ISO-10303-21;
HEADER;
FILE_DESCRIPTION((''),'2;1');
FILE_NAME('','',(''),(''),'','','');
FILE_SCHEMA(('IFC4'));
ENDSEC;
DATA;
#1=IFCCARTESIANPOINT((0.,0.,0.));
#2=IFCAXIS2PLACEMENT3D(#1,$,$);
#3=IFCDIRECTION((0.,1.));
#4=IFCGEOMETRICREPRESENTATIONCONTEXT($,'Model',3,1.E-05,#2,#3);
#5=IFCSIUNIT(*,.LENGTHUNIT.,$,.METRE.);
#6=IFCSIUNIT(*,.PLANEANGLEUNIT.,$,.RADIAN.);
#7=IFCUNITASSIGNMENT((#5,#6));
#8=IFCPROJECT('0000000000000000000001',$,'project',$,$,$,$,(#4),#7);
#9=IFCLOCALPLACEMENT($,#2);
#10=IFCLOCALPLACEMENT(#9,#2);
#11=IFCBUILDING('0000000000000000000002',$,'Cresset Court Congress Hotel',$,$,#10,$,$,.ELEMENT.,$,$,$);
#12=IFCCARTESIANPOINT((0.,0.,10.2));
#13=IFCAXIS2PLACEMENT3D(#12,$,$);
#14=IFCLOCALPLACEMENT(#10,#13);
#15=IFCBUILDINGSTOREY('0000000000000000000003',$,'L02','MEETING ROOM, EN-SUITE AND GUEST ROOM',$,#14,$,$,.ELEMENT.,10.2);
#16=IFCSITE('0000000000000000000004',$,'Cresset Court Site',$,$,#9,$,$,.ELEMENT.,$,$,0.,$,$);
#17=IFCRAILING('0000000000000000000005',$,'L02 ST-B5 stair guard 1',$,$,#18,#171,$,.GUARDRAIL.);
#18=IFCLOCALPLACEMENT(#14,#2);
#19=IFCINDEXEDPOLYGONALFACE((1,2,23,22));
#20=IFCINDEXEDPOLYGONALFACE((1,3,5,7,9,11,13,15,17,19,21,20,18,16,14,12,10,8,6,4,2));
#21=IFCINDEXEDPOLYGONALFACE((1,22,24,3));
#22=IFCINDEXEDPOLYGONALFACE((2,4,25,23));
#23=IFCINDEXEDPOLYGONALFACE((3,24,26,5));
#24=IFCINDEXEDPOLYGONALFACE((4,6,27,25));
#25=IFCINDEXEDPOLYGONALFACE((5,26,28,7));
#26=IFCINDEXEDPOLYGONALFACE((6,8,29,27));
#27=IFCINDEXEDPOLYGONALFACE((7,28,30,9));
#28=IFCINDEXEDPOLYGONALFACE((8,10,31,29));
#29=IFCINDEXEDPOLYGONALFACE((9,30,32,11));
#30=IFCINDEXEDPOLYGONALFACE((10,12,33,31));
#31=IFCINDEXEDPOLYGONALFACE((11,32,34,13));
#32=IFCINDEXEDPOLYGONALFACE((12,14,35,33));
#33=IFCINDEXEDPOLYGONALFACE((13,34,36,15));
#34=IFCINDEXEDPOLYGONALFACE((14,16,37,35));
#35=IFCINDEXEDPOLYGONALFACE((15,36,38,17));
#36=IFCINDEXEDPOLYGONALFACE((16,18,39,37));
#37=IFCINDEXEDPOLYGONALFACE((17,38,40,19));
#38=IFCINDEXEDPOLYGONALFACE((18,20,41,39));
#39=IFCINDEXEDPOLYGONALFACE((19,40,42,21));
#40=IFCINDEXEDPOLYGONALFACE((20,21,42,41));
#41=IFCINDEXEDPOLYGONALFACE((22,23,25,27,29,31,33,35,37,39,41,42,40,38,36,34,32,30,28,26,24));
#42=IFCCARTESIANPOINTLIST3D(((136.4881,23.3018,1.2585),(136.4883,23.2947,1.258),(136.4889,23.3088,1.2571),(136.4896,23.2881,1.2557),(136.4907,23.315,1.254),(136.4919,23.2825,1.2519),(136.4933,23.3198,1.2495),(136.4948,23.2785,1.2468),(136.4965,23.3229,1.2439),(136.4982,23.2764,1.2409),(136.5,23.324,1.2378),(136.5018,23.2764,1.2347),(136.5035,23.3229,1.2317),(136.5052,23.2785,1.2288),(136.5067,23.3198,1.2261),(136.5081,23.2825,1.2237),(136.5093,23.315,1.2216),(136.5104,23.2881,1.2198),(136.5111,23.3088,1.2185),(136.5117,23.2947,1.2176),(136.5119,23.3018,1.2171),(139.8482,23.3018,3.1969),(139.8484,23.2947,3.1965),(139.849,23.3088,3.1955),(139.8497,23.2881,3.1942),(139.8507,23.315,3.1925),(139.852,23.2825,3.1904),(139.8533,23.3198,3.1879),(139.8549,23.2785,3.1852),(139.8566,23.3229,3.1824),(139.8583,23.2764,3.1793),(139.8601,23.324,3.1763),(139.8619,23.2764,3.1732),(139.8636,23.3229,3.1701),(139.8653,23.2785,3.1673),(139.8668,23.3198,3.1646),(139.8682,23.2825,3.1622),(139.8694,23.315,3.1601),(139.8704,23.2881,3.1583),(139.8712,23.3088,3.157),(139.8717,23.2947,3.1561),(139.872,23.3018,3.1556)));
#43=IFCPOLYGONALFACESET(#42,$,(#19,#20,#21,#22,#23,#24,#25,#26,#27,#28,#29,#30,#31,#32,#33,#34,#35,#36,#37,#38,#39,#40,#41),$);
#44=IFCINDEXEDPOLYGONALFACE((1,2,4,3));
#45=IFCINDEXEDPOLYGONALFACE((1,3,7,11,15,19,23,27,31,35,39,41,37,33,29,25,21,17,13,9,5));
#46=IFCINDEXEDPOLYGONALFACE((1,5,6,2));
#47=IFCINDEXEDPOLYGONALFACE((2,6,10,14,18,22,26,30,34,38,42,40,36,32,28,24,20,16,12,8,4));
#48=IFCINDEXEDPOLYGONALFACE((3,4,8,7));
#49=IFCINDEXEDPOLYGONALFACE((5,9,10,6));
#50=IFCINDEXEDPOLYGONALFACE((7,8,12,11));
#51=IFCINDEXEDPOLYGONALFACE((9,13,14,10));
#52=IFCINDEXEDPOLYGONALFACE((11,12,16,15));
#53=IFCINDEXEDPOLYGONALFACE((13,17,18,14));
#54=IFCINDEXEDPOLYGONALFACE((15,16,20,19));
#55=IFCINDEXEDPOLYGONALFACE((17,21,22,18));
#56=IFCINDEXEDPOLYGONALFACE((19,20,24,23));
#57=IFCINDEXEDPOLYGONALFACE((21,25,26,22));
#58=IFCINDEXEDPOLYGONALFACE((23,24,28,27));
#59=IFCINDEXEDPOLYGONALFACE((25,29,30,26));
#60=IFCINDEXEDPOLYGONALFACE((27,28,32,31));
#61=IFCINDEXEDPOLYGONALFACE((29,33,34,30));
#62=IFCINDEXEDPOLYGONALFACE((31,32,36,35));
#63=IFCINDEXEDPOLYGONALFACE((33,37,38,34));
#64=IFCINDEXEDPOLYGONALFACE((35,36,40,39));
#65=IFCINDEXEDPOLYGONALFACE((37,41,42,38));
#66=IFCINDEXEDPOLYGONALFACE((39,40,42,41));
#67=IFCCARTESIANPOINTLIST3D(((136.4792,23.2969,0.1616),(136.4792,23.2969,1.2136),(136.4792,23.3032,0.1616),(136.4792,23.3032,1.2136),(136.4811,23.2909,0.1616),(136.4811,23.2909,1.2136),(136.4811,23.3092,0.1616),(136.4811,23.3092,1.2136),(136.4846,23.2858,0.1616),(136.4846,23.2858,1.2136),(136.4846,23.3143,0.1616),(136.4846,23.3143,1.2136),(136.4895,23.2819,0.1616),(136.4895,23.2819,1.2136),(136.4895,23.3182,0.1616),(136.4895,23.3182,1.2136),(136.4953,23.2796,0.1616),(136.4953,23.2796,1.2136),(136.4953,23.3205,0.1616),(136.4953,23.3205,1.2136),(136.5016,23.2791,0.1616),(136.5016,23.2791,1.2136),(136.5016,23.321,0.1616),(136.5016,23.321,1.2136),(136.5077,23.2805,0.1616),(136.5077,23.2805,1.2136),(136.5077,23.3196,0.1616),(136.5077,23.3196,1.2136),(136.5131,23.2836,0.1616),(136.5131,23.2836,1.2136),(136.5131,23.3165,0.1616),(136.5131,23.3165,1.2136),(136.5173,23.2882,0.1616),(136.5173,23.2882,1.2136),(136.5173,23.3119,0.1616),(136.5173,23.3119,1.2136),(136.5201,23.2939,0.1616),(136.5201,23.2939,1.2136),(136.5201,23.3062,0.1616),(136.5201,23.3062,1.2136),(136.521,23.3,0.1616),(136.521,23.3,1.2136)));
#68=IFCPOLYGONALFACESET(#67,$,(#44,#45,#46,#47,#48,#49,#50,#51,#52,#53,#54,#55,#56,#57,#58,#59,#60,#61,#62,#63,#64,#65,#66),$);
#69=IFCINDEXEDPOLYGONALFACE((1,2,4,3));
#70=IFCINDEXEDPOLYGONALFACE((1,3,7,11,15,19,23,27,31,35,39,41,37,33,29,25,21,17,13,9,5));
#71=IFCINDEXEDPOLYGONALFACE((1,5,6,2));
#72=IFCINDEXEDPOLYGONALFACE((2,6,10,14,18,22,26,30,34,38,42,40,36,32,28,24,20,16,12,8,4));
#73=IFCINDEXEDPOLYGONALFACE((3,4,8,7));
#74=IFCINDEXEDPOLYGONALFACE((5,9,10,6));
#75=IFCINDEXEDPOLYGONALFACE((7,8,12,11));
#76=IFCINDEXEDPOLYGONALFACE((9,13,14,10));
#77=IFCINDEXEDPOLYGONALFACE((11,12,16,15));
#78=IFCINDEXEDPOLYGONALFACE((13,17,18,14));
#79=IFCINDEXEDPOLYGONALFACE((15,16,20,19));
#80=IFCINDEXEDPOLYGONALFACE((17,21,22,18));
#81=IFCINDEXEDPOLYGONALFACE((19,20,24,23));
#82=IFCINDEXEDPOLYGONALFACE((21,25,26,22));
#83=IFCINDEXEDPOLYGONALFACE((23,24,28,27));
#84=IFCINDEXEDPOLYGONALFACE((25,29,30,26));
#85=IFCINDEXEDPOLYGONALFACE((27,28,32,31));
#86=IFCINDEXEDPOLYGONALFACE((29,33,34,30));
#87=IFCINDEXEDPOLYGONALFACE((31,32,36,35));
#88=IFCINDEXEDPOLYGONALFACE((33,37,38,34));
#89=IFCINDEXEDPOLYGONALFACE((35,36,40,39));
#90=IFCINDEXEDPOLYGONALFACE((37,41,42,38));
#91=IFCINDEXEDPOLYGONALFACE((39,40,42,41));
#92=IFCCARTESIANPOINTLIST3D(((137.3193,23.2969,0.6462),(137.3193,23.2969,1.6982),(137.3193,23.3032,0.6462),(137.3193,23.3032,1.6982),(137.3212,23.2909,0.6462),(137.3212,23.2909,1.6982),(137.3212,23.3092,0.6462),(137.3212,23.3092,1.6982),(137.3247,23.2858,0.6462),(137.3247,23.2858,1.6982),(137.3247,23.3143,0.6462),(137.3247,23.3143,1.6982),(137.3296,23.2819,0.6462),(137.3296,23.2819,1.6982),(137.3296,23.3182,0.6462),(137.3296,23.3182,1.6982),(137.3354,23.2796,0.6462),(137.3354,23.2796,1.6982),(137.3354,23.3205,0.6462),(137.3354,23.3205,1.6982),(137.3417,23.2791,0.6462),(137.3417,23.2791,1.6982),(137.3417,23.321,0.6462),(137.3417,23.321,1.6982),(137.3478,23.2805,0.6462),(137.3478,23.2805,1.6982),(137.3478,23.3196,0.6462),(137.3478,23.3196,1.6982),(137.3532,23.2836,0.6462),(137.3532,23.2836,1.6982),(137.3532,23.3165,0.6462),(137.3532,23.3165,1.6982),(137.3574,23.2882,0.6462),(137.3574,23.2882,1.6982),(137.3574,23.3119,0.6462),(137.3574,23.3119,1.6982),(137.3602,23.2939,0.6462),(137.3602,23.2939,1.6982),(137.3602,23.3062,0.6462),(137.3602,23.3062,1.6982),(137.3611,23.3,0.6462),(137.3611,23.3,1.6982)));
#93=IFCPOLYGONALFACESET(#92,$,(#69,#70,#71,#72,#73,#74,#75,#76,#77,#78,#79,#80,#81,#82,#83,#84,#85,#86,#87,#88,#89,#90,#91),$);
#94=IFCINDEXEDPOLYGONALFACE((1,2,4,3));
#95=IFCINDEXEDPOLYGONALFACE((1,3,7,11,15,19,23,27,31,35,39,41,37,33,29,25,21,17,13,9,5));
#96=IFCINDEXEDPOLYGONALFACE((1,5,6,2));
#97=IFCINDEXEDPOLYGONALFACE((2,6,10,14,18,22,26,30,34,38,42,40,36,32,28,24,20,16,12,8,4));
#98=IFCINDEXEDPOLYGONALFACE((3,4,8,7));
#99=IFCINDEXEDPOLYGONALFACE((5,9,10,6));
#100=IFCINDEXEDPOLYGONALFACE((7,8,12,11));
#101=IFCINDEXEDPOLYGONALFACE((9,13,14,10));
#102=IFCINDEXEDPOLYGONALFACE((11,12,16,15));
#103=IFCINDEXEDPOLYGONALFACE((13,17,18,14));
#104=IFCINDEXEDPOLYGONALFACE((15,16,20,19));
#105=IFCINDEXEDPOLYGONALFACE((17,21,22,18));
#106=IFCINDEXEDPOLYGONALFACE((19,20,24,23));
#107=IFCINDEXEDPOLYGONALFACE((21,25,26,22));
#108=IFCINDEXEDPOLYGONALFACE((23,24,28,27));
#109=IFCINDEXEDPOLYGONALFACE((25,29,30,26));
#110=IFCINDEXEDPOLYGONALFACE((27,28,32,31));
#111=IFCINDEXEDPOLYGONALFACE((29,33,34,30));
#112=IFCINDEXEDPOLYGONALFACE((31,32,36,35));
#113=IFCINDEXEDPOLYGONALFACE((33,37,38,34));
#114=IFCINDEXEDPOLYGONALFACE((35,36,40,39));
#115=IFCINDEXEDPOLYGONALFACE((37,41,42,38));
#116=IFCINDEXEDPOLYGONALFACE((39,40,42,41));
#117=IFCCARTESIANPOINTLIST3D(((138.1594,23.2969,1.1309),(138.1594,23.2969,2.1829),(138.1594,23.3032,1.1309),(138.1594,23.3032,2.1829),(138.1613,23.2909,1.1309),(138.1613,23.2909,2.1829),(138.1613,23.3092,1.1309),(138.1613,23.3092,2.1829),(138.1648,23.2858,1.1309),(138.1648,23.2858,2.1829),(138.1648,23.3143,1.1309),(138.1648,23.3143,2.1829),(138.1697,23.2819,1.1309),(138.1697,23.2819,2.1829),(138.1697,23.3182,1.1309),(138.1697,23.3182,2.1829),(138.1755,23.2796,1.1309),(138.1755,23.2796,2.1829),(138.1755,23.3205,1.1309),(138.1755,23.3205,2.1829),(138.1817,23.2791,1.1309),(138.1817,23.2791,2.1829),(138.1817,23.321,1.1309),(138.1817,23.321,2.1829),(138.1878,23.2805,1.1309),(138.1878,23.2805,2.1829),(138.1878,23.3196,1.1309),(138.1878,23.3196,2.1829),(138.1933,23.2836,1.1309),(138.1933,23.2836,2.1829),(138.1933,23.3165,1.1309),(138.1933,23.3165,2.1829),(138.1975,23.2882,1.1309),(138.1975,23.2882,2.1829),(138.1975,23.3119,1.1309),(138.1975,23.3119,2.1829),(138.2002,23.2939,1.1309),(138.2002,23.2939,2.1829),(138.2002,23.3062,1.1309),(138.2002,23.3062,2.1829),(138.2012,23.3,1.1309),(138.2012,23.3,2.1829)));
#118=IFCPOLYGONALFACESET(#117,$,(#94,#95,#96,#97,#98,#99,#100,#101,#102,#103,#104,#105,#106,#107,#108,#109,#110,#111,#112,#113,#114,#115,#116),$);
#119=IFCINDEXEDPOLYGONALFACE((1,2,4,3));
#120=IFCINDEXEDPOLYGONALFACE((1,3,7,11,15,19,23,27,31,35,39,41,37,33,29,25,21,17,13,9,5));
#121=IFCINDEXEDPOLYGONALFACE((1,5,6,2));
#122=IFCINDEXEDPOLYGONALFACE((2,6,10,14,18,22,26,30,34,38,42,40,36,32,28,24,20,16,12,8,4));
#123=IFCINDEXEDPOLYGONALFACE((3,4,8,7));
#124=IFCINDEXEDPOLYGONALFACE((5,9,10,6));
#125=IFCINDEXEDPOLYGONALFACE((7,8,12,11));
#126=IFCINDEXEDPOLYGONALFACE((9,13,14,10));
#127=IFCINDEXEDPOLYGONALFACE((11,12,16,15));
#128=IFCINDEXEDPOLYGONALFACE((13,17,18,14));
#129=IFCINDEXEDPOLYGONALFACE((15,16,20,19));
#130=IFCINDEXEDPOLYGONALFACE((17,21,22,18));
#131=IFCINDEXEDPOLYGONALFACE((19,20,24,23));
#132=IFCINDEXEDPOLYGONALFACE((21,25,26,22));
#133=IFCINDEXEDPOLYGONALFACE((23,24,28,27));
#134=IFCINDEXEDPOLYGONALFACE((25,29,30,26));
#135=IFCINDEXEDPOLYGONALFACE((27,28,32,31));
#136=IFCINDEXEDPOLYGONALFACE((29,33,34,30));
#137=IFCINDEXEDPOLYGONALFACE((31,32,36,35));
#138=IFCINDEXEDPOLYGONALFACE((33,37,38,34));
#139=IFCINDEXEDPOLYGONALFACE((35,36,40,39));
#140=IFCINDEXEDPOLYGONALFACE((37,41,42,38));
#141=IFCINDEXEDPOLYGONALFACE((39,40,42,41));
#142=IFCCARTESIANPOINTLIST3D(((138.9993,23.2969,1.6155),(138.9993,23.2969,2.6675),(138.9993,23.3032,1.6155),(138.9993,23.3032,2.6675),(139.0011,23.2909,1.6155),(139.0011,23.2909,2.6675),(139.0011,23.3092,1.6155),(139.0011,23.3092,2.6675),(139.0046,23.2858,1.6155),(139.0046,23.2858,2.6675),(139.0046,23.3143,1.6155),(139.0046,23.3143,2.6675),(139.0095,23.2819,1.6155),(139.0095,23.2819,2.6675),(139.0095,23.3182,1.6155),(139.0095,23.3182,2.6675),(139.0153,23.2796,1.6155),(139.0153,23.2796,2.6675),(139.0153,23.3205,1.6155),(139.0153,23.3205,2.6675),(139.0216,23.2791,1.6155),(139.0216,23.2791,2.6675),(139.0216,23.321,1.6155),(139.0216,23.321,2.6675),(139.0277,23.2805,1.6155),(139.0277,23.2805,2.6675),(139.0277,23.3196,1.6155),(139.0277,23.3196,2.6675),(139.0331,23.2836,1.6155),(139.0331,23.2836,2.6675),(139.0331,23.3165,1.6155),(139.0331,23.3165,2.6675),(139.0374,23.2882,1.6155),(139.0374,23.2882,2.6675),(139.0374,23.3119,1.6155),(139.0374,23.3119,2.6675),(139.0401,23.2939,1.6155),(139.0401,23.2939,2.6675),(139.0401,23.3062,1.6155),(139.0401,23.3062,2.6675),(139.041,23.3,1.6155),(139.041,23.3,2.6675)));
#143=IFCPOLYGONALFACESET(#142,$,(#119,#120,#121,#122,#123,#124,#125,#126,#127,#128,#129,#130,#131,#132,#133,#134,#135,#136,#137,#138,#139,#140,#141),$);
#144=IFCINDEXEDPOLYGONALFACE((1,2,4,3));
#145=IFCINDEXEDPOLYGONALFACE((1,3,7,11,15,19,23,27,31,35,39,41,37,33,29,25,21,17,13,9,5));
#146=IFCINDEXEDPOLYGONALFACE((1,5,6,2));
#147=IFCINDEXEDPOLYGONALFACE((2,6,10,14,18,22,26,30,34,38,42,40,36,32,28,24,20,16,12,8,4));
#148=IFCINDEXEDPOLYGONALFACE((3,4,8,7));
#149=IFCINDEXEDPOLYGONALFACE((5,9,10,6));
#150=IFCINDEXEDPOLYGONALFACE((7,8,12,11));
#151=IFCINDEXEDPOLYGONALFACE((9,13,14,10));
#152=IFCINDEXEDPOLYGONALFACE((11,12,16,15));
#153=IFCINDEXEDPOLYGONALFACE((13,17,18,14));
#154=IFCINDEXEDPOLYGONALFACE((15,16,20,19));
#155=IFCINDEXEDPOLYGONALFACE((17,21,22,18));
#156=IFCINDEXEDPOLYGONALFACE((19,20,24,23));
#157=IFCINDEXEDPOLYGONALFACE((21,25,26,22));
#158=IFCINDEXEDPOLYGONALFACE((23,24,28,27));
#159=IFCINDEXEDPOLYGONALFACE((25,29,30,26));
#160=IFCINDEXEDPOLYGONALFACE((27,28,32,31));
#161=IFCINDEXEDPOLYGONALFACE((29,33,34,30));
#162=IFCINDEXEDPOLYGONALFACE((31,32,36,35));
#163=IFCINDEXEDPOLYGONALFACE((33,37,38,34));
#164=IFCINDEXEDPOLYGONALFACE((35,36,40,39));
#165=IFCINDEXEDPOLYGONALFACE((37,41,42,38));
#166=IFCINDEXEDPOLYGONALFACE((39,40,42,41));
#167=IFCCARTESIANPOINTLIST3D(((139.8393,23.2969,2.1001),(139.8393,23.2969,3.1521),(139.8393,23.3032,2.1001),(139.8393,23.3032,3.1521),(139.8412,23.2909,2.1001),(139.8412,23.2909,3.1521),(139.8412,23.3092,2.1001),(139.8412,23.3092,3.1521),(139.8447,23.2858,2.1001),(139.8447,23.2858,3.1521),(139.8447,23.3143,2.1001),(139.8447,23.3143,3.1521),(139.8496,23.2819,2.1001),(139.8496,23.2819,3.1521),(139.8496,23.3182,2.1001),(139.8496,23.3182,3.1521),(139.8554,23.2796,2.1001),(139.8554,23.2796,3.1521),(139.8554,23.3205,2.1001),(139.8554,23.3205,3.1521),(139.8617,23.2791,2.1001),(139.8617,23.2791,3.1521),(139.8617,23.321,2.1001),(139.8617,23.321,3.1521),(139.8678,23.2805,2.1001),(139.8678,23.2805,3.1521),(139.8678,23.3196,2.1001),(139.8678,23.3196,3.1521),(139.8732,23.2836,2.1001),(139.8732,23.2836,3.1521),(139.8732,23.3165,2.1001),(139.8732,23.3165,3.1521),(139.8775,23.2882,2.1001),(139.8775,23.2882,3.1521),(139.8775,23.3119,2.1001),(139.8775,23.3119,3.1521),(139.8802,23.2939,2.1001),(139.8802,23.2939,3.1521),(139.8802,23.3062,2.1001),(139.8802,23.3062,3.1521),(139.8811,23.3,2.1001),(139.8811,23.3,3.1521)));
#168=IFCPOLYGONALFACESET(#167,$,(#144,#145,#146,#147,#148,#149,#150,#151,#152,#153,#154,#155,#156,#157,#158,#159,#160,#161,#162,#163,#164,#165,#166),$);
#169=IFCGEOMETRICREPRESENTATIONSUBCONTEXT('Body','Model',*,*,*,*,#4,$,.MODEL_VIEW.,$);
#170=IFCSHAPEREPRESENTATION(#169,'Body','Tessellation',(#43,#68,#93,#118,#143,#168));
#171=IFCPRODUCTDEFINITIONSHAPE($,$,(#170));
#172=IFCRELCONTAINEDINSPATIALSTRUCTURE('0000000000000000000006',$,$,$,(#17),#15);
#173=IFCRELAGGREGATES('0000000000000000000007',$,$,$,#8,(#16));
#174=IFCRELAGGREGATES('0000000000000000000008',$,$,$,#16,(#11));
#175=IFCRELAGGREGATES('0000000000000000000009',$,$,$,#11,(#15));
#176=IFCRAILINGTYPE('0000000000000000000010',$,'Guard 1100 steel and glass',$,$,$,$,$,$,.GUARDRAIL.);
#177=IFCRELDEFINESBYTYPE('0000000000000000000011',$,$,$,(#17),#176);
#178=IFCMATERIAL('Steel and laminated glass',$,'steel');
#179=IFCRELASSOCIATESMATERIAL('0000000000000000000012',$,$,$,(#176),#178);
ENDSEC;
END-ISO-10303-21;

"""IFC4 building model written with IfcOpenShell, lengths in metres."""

from ifc_helpers import new_model, si_unit, direction, frame, origin, origin_2d, place, context, subcontext, project, spatial, circle, extrude, material, type_object, element, save


model = new_model("IFC4")

# Units and contexts
model_context = context("Model", 3, precision=1e-05, world=origin(), true_north=direction((0.0, 1.0)))
body_context = subcontext(model_context, "Body", "Model", "MODEL_VIEW")
ifc_project = project(units=[si_unit("LENGTHUNIT", "METRE"), si_unit("PLANEANGLEUNIT", "RADIAN")], contexts=[model_context])

# Site, building, storey
site_placement = place(None, origin())
site = spatial("IfcSite", under=ifc_project, at=site_placement, Name="Cresset Court Site", CompositionType="ELEMENT", RefElevation=0.0)
building_placement = place(site_placement, origin())
building = spatial("IfcBuilding", under=site, at=building_placement, Name="Cresset Court Congress Hotel", CompositionType="ELEMENT")
storey_placement = place(building_placement, frame((0.0, 0.0, 10.2)))
storey = spatial("IfcBuildingStorey", under=building, at=storey_placement, Name="L02", Description="MEETING ROOM, EN-SUITE AND GUEST ROOM", CompositionType="ELEMENT", Elevation=10.2)

# Railing
ifc_material_1 = material(Name="Steel and laminated glass", Category="steel")
railing_type_1 = type_object("IfcRailingType", Name="Guard 1100 steel and glass", PredefinedType="GUARDRAIL", material=ifc_material_1)
railing_1_placement = place(storey_placement, frame((136.5, 23.3, 0.1616)))
element("IfcRailing", 1, at=railing_1_placement, inside=storey, type_object=railing_type_1, Name="L02 ST-B5 stair guard 1", PredefinedType="GUARDRAIL", context=body_context, shape_type="SweptSolid", body=[
    extrude(circle(Radius=0.0239, at=origin_2d()), frame((0.0, 0.0, 1.0762), z_axis=(0.866191, 0.0, 0.499713), x_axis=(0.0, 1.0, 0.0)), (0.0, 0.0, 1.0), 3.8792),
    extrude(circle(Radius=0.021, at=origin_2d()), origin(), (0.0, 0.0, 1.0), 1.052),
    extrude(circle(Radius=0.021, at=origin_2d()), frame((0.8401, 0.0, 0.4846)), (0.0, 0.0, 1.0), 1.052),
    extrude(circle(Radius=0.021, at=origin_2d()), frame((1.6802, 0.0, 0.9692)), (0.0, 0.0, 1.0), 1.052),
    extrude(circle(Radius=0.021, at=origin_2d()), frame((2.52, 0.0, 1.4539)), (0.0, 0.0, 1.0), 1.052),
    extrude(circle(Radius=0.021, at=origin_2d()), frame((3.3601, 0.0, 1.9385)), (0.0, 0.0, 1.0), 1.052),
])

save(model, "model.ifc")
